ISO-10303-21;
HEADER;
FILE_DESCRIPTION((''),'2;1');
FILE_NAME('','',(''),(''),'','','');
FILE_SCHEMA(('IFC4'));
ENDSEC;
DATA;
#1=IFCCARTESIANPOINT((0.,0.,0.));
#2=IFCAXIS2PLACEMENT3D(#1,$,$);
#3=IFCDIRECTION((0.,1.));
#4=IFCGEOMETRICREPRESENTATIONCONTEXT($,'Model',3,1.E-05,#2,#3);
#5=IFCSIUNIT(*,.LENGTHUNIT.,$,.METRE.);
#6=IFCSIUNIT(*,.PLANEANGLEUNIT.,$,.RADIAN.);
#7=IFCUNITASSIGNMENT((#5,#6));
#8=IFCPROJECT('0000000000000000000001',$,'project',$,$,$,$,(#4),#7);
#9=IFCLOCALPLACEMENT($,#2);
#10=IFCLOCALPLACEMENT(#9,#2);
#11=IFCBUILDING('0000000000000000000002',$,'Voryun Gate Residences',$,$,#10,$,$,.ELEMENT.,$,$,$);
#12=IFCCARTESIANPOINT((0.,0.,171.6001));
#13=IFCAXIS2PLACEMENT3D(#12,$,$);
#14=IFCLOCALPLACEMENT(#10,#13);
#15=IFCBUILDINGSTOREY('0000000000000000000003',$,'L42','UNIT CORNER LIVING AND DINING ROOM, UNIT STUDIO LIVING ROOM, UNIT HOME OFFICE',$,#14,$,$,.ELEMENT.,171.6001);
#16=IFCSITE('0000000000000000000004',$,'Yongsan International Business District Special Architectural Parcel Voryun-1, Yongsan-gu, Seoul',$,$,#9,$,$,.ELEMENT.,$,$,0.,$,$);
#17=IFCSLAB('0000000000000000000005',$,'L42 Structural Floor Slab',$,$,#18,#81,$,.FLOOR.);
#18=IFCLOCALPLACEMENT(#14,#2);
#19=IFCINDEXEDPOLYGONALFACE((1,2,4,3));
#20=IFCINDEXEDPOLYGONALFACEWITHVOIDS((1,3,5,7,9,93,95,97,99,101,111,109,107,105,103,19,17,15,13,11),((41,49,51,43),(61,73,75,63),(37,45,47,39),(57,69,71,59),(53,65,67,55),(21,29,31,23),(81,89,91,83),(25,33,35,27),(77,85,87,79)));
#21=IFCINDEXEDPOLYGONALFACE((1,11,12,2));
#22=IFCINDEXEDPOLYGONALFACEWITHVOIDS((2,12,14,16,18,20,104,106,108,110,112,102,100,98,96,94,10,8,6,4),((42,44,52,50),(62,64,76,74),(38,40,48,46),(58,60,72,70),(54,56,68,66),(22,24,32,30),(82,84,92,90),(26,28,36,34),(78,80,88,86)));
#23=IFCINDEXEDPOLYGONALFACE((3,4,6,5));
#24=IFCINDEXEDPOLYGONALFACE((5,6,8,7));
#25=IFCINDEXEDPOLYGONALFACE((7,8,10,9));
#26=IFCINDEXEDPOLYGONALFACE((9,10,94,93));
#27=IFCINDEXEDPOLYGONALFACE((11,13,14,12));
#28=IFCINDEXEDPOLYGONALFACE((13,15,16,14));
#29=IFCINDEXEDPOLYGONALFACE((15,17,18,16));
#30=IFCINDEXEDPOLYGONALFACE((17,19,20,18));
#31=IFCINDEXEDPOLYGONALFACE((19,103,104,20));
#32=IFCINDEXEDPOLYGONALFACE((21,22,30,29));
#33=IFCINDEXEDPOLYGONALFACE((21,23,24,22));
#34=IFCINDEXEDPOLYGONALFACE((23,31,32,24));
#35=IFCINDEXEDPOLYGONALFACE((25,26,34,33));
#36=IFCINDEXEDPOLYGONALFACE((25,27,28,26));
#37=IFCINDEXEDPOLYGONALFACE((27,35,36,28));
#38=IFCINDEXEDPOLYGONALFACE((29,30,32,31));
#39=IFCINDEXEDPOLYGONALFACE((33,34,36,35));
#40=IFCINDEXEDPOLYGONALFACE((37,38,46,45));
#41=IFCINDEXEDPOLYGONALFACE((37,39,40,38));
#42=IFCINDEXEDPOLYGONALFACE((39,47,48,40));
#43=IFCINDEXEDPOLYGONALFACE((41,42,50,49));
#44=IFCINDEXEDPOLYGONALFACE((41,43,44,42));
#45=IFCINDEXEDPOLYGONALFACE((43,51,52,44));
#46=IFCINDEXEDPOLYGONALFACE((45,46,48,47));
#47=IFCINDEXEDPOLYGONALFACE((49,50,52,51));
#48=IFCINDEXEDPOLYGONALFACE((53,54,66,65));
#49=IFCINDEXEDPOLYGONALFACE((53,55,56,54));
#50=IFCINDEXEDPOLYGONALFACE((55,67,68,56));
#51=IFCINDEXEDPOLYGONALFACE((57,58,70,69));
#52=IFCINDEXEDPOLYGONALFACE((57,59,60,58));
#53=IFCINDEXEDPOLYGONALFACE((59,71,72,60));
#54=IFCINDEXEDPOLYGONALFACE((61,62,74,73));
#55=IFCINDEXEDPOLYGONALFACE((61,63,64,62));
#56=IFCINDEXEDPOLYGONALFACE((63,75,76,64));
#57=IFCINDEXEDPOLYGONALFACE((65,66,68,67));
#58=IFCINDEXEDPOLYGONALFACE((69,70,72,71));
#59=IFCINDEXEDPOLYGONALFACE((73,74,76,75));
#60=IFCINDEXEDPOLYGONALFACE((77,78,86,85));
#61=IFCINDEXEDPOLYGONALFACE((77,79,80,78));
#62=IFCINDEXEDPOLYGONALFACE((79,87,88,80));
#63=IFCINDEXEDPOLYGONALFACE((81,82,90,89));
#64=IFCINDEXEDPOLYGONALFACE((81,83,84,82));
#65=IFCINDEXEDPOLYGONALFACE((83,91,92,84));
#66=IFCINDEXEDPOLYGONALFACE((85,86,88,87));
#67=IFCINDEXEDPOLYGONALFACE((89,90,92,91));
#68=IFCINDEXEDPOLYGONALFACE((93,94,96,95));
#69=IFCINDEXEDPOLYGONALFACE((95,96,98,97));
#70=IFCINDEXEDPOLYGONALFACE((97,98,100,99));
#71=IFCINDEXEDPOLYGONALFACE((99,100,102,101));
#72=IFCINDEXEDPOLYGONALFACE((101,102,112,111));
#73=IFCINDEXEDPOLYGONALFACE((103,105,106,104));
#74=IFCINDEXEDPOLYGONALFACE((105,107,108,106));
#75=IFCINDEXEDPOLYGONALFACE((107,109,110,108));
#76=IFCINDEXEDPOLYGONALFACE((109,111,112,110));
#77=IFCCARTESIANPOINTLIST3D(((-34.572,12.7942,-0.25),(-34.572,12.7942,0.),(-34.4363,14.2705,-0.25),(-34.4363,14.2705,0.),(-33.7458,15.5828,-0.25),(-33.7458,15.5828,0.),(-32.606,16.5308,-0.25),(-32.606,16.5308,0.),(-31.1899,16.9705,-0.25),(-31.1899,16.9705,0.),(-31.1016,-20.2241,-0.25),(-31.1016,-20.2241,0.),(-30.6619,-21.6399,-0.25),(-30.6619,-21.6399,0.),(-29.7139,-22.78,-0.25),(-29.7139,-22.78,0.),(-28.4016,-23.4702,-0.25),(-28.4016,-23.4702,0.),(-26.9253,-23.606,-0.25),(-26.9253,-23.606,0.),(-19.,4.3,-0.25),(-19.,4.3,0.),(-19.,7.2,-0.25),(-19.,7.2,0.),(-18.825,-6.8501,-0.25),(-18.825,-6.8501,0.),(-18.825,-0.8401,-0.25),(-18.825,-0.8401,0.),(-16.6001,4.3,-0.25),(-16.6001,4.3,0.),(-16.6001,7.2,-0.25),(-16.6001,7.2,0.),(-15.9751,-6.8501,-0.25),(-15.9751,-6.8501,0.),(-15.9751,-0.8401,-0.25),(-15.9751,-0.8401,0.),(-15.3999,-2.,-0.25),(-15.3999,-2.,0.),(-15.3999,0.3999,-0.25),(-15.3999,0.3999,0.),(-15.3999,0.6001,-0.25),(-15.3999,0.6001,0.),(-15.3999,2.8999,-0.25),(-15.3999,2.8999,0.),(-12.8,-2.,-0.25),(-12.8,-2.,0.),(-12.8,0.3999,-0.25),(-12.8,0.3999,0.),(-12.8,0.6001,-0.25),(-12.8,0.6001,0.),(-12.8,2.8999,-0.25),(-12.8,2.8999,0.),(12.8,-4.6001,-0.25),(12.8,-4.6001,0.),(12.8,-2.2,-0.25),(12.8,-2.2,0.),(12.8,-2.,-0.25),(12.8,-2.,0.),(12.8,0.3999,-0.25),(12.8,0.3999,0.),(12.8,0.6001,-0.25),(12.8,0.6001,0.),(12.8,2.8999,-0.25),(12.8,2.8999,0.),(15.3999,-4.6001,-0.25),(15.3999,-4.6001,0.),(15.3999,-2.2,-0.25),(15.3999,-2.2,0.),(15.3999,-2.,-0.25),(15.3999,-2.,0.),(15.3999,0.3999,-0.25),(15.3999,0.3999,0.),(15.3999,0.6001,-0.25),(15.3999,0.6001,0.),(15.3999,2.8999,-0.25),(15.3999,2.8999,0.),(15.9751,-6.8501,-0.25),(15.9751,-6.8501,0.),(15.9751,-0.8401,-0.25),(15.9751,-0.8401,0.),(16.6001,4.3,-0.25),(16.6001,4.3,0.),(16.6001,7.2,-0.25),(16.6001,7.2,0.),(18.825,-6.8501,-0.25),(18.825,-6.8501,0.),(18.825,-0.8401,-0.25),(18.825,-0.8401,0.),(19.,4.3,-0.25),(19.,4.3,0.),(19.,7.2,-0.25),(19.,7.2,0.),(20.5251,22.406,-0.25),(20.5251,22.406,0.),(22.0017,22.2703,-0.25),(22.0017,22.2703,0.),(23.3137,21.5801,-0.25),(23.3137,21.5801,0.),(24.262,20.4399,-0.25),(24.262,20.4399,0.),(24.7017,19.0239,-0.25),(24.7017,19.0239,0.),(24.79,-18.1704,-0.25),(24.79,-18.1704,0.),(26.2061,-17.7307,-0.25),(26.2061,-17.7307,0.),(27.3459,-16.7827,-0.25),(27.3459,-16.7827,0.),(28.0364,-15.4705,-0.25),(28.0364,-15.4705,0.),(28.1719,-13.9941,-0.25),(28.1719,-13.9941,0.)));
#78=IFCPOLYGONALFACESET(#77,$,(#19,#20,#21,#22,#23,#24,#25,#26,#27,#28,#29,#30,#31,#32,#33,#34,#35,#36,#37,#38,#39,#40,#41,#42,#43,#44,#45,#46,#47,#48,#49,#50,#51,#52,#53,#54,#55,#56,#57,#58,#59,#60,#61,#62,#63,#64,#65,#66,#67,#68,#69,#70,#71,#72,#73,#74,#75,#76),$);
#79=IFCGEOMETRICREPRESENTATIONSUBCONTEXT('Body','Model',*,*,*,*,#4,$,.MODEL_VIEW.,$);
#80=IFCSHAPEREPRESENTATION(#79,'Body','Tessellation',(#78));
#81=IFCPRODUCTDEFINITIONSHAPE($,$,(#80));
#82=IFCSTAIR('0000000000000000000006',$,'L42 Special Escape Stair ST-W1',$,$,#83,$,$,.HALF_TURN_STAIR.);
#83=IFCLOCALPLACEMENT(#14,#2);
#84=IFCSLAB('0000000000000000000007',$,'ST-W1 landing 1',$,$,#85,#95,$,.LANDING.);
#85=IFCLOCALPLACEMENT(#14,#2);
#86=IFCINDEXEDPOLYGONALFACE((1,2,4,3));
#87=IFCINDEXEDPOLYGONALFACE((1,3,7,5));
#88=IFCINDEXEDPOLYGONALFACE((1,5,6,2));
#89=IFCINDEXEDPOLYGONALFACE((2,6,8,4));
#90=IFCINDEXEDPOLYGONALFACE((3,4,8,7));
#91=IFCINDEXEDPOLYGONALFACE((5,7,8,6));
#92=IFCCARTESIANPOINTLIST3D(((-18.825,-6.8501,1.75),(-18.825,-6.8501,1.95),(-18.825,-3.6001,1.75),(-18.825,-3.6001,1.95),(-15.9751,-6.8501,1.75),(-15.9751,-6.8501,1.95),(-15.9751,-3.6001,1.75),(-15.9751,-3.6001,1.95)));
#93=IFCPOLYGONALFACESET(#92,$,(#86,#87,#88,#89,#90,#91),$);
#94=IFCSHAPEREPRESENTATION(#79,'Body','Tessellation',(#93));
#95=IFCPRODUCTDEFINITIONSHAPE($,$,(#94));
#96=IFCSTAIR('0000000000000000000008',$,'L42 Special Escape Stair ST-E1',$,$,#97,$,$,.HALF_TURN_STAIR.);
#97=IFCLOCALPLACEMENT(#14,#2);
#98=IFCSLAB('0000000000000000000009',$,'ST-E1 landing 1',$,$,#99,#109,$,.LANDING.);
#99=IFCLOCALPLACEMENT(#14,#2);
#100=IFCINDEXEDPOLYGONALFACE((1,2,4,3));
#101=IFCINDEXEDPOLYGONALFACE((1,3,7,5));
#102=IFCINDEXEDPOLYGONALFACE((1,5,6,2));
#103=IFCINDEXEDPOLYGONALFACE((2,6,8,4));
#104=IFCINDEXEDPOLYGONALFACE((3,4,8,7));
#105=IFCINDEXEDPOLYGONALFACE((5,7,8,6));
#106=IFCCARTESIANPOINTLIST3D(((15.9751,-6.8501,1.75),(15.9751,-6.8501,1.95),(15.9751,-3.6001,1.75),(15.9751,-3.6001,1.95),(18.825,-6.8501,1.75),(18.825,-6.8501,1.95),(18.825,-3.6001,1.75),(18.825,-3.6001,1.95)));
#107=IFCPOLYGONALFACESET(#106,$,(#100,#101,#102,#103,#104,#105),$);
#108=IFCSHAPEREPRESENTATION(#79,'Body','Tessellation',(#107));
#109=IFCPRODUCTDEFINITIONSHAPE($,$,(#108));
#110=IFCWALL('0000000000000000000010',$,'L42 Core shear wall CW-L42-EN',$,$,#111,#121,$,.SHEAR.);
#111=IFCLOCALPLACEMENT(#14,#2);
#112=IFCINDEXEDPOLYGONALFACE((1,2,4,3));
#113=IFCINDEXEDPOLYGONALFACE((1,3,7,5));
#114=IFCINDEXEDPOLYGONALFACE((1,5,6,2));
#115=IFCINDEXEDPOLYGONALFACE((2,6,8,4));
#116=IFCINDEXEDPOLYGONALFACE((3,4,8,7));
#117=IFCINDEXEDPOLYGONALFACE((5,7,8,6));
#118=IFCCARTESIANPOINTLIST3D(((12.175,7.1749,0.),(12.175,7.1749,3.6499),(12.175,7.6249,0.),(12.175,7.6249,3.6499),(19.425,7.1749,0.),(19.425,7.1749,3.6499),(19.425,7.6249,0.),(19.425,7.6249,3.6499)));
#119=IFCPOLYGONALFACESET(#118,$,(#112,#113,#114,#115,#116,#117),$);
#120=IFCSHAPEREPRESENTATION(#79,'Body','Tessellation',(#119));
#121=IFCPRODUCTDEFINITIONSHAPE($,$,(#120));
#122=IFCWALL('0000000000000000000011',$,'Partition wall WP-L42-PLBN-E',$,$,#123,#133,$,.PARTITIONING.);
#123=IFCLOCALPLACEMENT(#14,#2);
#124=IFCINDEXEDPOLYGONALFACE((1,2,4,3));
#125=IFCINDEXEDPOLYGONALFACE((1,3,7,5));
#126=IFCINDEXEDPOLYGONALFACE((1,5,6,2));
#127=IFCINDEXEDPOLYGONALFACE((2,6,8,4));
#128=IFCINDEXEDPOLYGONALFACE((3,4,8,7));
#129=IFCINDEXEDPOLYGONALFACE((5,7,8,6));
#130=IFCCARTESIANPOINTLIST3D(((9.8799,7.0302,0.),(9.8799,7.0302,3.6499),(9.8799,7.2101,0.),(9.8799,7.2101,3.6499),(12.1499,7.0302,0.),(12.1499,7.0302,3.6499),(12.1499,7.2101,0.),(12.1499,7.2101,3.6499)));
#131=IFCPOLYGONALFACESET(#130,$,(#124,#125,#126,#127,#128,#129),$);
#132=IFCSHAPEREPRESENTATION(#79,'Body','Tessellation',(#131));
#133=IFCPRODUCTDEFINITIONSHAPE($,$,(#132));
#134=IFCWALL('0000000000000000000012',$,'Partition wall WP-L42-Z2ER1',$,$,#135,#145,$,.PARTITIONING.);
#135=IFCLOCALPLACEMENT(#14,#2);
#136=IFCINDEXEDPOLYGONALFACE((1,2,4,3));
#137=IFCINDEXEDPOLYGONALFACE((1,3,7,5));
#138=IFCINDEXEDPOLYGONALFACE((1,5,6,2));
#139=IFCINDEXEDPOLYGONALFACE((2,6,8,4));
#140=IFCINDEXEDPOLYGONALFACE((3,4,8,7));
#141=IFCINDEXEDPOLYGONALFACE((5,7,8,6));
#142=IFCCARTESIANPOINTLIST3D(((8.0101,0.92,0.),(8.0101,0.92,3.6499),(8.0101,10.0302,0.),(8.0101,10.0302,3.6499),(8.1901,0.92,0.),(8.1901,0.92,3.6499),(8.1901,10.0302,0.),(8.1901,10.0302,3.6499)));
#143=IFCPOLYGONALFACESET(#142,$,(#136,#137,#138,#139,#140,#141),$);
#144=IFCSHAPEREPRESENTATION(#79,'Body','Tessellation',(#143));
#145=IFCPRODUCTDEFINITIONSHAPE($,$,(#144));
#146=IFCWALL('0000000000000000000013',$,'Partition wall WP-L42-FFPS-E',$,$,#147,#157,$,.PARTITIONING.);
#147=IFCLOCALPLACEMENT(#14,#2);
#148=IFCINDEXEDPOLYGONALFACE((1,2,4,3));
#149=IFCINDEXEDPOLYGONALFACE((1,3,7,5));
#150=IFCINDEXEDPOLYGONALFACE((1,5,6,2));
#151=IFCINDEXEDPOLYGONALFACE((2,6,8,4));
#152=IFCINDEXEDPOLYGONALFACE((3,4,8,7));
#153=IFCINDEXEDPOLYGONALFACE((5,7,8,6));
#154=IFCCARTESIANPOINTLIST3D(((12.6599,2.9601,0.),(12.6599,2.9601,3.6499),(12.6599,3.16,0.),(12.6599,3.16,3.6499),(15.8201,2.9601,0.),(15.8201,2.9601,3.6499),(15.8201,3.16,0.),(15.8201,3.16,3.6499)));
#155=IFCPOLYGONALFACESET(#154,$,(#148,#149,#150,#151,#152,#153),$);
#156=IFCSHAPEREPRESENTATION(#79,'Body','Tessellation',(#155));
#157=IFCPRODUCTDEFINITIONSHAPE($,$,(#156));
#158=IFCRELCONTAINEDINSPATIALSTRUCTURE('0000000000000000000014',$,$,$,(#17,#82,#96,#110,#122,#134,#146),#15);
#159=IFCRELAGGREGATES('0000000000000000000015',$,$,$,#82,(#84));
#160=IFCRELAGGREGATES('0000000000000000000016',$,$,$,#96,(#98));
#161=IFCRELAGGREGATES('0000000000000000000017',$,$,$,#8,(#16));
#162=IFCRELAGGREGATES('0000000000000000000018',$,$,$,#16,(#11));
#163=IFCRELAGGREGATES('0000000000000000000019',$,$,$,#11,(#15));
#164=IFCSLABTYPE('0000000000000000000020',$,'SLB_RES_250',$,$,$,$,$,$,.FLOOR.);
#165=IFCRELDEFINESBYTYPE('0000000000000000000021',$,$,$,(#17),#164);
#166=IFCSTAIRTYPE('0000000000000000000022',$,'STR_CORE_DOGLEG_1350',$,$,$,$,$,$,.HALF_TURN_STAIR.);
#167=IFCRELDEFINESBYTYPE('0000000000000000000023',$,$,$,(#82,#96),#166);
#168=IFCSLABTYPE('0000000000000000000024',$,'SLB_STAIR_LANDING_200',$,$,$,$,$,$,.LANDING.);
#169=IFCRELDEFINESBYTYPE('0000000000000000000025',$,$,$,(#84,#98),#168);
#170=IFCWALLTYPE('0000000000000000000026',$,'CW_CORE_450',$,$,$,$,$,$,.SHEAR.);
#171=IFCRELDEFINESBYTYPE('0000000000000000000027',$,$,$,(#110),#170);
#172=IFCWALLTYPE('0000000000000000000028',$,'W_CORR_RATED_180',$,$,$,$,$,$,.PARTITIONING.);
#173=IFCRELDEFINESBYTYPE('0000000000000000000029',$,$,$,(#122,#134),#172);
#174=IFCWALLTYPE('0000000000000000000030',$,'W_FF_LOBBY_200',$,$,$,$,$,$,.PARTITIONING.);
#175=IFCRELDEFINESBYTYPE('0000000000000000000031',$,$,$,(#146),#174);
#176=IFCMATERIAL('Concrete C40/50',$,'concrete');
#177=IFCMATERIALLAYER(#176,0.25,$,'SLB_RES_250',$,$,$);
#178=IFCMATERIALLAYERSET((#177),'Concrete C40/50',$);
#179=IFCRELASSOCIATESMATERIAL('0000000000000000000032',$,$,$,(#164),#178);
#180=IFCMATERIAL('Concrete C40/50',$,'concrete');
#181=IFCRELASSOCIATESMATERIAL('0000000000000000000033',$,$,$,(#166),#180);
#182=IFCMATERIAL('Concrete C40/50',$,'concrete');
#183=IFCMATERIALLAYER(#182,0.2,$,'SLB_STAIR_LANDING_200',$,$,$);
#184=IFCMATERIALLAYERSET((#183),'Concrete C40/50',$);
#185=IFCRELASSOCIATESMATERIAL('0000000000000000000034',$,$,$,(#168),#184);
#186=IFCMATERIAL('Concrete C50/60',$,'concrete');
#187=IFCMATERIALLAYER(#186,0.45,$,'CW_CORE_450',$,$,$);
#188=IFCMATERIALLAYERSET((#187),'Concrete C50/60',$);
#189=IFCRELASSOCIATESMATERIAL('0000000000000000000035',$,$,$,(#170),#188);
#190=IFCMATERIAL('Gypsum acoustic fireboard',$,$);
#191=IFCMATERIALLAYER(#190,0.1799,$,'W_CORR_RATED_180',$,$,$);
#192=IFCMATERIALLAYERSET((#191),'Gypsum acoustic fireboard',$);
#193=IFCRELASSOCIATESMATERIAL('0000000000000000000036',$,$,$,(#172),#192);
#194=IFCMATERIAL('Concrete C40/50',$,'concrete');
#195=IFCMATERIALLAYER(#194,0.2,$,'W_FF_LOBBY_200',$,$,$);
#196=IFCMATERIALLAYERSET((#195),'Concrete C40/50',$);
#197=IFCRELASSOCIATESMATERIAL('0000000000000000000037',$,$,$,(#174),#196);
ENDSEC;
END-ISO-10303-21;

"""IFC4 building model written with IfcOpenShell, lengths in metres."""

from ifc_helpers import new_model, si_unit, direction, frame, frame_2d, origin, place, context, subcontext, project, spatial, polyline, rectangle, outline, extrude, material, layer, layer_set, type_object, element, aggregate, save


model = new_model("IFC4")

# Units and contexts
model_context = context("Model", 3, precision=1e-05, world=origin(), true_north=direction((0.0, 1.0)))
body_context = subcontext(model_context, "Body", "Model", "MODEL_VIEW")
ifc_project = project(units=[si_unit("LENGTHUNIT", "METRE"), si_unit("PLANEANGLEUNIT", "RADIAN")], contexts=[model_context])

# Site, building, storey
site_placement = place(None, origin())
site = spatial("IfcSite", under=ifc_project, at=site_placement, Name="Yongsan International Business District Special Architectural Parcel Voryun-1, Yongsan-gu, Seoul", CompositionType="ELEMENT", RefElevation=0.0)
building_placement = place(site_placement, origin())
building = spatial("IfcBuilding", under=site, at=building_placement, Name="Voryun Gate Residences", CompositionType="ELEMENT")
storey_placement = place(building_placement, frame((0.0, 0.0, 171.6001)))
storey = spatial("IfcBuildingStorey", under=building, at=storey_placement, Name="L42", Description="UNIT CORNER LIVING AND DINING ROOM, UNIT STUDIO LIVING ROOM, UNIT HOME OFFICE", CompositionType="ELEMENT", Elevation=171.6001)

# Slab
ifc_material_1 = material(Name="Concrete C40/50", Category="concrete")
ifc_layer_1 = layer(ifc_material_1, 0.25, Name="SLB_RES_250")
ifc_layer_set_1 = layer_set([ifc_layer_1], Name="Concrete C40/50")
slab_type_1 = type_object("IfcSlabType", Name="SLB_RES_250", PredefinedType="FLOOR", material=ifc_layer_set_1)
slab_1_placement = place(storey_placement, frame((0.0, 0.0, -0.25)))
element("IfcSlab", 1, at=slab_1_placement, inside=storey, type_object=slab_type_1, Name="L42 Structural Floor Slab", PredefinedType="FLOOR", context=body_context, shape_type="SweptSolid", body=[
    extrude(outline(polyline([(-26.9253, -23.606), (-28.4016, -23.4702), (-29.7139, -22.78), (-30.6619, -21.6399), (-31.1016, -20.2241), (-34.572, 12.7942), (-34.4363, 14.2705), (-33.7458, 15.5828), (-32.606, 16.5308), (-31.1899, 16.9705), (20.5251, 22.406), (22.0017, 22.2703), (23.3137, 21.5801), (24.262, 20.4399), (24.7017, 19.0239), (28.1719, -13.9941), (28.0364, -15.4705), (27.3459, -16.7827), (26.2061, -17.7307), (24.79, -18.1704), (-26.9253, -23.606)]), holes=[polyline([(-15.9751, -6.8501), (-15.9751, -0.8401), (-18.825, -0.8401), (-18.825, -6.8501), (-15.9751, -6.8501)]), polyline([(18.825, -6.8501), (18.825, -0.8401), (15.9751, -0.8401), (15.9751, -6.8501), (18.825, -6.8501)]), polyline([(15.3999, -2.2), (12.8, -2.2), (12.8, -4.6001), (15.3999, -4.6001), (15.3999, -2.2)]), polyline([(-12.8, 0.3999), (-15.3999, 0.3999), (-15.3999, -2.0), (-12.8, -2.0), (-12.8, 0.3999)]), polyline([(15.3999, 0.3999), (12.8, 0.3999), (12.8, -2.0), (15.3999, -2.0), (15.3999, 0.3999)]), polyline([(-12.8, 2.8999), (-15.3999, 2.8999), (-15.3999, 0.6001), (-12.8, 0.6001), (-12.8, 2.8999)]), polyline([(15.3999, 2.8999), (12.8, 2.8999), (12.8, 0.6001), (15.3999, 0.6001), (15.3999, 2.8999)]), polyline([(-16.6001, 4.3), (-16.6001, 7.2), (-19.0, 7.2), (-19.0, 4.3), (-16.6001, 4.3)]), polyline([(19.0, 4.3), (19.0, 7.2), (16.6001, 7.2), (16.6001, 4.3), (19.0, 4.3)])]), origin(), (0.0, 0.0, 1.0), 0.25),
])

# Stairs, slabs
ifc_material_2 = material(Name="Concrete C40/50", Category="concrete")
stair_type = type_object("IfcStairType", Name="STR_CORE_DOGLEG_1350", PredefinedType="HALF_TURN_STAIR", material=ifc_material_2)
stair_1_placement = place(storey_placement, origin())
stair_1 = element("IfcStair", 2, at=stair_1_placement, inside=storey, type_object=stair_type, Name="L42 Special Escape Stair ST-W1", PredefinedType="HALF_TURN_STAIR")
ifc_material_3 = material(Name="Concrete C40/50", Category="concrete")
ifc_layer_2 = layer(ifc_material_3, 0.2, Name="SLB_STAIR_LANDING_200")
ifc_layer_set_2 = layer_set([ifc_layer_2], Name="Concrete C40/50")
slab_type_2 = type_object("IfcSlabType", Name="SLB_STAIR_LANDING_200", PredefinedType="LANDING", material=ifc_layer_set_2)
slab_2_placement = place(storey_placement, frame((0.0, 0.0, 1.75)))
slab_2 = element("IfcSlab", 3, at=slab_2_placement, type_object=slab_type_2, Name="ST-W1 landing 1", PredefinedType="LANDING", context=body_context, shape_type="SweptSolid", body=[
    extrude(outline(polyline([(-18.825, -3.6001), (-18.825, -6.8501), (-15.9751, -6.8501), (-15.9751, -3.6001), (-18.825, -3.6001)])), origin(), (0.0, 0.0, 1.0), 0.2),
])
aggregate(stair_1, [slab_2])
stair_2_placement = place(storey_placement, origin())
stair_2 = element("IfcStair", 4, at=stair_2_placement, inside=storey, type_object=stair_type, Name="L42 Special Escape Stair ST-E1", PredefinedType="HALF_TURN_STAIR")
slab_3_placement = place(storey_placement, frame((0.0, 0.0, 1.75)))
slab_3 = element("IfcSlab", 5, at=slab_3_placement, type_object=slab_type_2, Name="ST-E1 landing 1", PredefinedType="LANDING", context=body_context, shape_type="SweptSolid", body=[
    extrude(outline(polyline([(15.9751, -3.6001), (15.9751, -6.8501), (18.825, -6.8501), (18.825, -3.6001), (15.9751, -3.6001)])), origin(), (0.0, 0.0, 1.0), 0.2),
])
aggregate(stair_2, [slab_3])

# Walls
ifc_material_4 = material(Name="Concrete C50/60", Category="concrete")
ifc_layer_3 = layer(ifc_material_4, 0.45, Name="CW_CORE_450")
ifc_layer_set_3 = layer_set([ifc_layer_3], Name="Concrete C50/60")
wall_type_1 = type_object("IfcWallType", Name="CW_CORE_450", PredefinedType="SHEAR", material=ifc_layer_set_3)
wall_1_placement = place(storey_placement, frame((12.175, 7.3999, 0.0), z_axis=(0.0, 0.0, 1.0), x_axis=(1.0, 0.0, 0.0)))
element("IfcWall", 6, at=wall_1_placement, inside=storey, type_object=wall_type_1, Name="L42 Core shear wall CW-L42-EN", PredefinedType="SHEAR", context=body_context, shape_type="SweptSolid", body=[
    extrude(rectangle(XDim=7.25, YDim=0.45, at=frame_2d((3.625, 0.0))), origin(), (0.0, 0.0, 1.0), 3.6499),
])
ifc_material_5 = material(Name="Gypsum acoustic fireboard")
ifc_layer_4 = layer(ifc_material_5, 0.1799, Name="W_CORR_RATED_180")
ifc_layer_set_4 = layer_set([ifc_layer_4], Name="Gypsum acoustic fireboard")
wall_type_2 = type_object("IfcWallType", Name="W_CORR_RATED_180", PredefinedType="PARTITIONING", material=ifc_layer_set_4)
wall_2_placement = place(storey_placement, frame((9.8799, 7.1201, 0.0), z_axis=(0.0, 0.0, 1.0), x_axis=(1.0, 0.0, 0.0)))
element("IfcWall", 7, at=wall_2_placement, inside=storey, type_object=wall_type_2, Name="Partition wall WP-L42-PLBN-E", PredefinedType="PARTITIONING", context=body_context, shape_type="SweptSolid", body=[
    extrude(rectangle(XDim=2.27, YDim=0.1799, at=frame_2d((1.135, 0.0))), origin(), (0.0, 0.0, 1.0), 3.6499),
])
wall_3_placement = place(storey_placement, frame((8.1001, 0.9199, 0.0), z_axis=(0.0, 0.0, 1.0), x_axis=(0.0, 1.0, 0.0)))
element("IfcWall", 8, at=wall_3_placement, inside=storey, type_object=wall_type_2, Name="Partition wall WP-L42-Z2ER1", PredefinedType="PARTITIONING", context=body_context, shape_type="SweptSolid", body=[
    extrude(rectangle(XDim=9.1101, YDim=0.1799, at=frame_2d((4.5552, 0.0))), origin(), (0.0, 0.0, 1.0), 3.6499),
])
ifc_material_6 = material(Name="Concrete C40/50", Category="concrete")
ifc_layer_5 = layer(ifc_material_6, 0.2, Name="W_FF_LOBBY_200")
ifc_layer_set_5 = layer_set([ifc_layer_5], Name="Concrete C40/50")
wall_type_3 = type_object("IfcWallType", Name="W_FF_LOBBY_200", PredefinedType="PARTITIONING", material=ifc_layer_set_5)
wall_4_placement = place(storey_placement, frame((12.6599, 3.0601, 0.0), z_axis=(0.0, 0.0, 1.0), x_axis=(1.0, 0.0, 0.0)))
element("IfcWall", 9, at=wall_4_placement, inside=storey, type_object=wall_type_3, Name="Partition wall WP-L42-FFPS-E", PredefinedType="PARTITIONING", context=body_context, shape_type="SweptSolid", body=[
    extrude(rectangle(XDim=3.1602, YDim=0.2, at=frame_2d((1.5801, 0.0))), origin(), (0.0, 0.0, 1.0), 3.6499),
])

save(model, "model.ifc")
